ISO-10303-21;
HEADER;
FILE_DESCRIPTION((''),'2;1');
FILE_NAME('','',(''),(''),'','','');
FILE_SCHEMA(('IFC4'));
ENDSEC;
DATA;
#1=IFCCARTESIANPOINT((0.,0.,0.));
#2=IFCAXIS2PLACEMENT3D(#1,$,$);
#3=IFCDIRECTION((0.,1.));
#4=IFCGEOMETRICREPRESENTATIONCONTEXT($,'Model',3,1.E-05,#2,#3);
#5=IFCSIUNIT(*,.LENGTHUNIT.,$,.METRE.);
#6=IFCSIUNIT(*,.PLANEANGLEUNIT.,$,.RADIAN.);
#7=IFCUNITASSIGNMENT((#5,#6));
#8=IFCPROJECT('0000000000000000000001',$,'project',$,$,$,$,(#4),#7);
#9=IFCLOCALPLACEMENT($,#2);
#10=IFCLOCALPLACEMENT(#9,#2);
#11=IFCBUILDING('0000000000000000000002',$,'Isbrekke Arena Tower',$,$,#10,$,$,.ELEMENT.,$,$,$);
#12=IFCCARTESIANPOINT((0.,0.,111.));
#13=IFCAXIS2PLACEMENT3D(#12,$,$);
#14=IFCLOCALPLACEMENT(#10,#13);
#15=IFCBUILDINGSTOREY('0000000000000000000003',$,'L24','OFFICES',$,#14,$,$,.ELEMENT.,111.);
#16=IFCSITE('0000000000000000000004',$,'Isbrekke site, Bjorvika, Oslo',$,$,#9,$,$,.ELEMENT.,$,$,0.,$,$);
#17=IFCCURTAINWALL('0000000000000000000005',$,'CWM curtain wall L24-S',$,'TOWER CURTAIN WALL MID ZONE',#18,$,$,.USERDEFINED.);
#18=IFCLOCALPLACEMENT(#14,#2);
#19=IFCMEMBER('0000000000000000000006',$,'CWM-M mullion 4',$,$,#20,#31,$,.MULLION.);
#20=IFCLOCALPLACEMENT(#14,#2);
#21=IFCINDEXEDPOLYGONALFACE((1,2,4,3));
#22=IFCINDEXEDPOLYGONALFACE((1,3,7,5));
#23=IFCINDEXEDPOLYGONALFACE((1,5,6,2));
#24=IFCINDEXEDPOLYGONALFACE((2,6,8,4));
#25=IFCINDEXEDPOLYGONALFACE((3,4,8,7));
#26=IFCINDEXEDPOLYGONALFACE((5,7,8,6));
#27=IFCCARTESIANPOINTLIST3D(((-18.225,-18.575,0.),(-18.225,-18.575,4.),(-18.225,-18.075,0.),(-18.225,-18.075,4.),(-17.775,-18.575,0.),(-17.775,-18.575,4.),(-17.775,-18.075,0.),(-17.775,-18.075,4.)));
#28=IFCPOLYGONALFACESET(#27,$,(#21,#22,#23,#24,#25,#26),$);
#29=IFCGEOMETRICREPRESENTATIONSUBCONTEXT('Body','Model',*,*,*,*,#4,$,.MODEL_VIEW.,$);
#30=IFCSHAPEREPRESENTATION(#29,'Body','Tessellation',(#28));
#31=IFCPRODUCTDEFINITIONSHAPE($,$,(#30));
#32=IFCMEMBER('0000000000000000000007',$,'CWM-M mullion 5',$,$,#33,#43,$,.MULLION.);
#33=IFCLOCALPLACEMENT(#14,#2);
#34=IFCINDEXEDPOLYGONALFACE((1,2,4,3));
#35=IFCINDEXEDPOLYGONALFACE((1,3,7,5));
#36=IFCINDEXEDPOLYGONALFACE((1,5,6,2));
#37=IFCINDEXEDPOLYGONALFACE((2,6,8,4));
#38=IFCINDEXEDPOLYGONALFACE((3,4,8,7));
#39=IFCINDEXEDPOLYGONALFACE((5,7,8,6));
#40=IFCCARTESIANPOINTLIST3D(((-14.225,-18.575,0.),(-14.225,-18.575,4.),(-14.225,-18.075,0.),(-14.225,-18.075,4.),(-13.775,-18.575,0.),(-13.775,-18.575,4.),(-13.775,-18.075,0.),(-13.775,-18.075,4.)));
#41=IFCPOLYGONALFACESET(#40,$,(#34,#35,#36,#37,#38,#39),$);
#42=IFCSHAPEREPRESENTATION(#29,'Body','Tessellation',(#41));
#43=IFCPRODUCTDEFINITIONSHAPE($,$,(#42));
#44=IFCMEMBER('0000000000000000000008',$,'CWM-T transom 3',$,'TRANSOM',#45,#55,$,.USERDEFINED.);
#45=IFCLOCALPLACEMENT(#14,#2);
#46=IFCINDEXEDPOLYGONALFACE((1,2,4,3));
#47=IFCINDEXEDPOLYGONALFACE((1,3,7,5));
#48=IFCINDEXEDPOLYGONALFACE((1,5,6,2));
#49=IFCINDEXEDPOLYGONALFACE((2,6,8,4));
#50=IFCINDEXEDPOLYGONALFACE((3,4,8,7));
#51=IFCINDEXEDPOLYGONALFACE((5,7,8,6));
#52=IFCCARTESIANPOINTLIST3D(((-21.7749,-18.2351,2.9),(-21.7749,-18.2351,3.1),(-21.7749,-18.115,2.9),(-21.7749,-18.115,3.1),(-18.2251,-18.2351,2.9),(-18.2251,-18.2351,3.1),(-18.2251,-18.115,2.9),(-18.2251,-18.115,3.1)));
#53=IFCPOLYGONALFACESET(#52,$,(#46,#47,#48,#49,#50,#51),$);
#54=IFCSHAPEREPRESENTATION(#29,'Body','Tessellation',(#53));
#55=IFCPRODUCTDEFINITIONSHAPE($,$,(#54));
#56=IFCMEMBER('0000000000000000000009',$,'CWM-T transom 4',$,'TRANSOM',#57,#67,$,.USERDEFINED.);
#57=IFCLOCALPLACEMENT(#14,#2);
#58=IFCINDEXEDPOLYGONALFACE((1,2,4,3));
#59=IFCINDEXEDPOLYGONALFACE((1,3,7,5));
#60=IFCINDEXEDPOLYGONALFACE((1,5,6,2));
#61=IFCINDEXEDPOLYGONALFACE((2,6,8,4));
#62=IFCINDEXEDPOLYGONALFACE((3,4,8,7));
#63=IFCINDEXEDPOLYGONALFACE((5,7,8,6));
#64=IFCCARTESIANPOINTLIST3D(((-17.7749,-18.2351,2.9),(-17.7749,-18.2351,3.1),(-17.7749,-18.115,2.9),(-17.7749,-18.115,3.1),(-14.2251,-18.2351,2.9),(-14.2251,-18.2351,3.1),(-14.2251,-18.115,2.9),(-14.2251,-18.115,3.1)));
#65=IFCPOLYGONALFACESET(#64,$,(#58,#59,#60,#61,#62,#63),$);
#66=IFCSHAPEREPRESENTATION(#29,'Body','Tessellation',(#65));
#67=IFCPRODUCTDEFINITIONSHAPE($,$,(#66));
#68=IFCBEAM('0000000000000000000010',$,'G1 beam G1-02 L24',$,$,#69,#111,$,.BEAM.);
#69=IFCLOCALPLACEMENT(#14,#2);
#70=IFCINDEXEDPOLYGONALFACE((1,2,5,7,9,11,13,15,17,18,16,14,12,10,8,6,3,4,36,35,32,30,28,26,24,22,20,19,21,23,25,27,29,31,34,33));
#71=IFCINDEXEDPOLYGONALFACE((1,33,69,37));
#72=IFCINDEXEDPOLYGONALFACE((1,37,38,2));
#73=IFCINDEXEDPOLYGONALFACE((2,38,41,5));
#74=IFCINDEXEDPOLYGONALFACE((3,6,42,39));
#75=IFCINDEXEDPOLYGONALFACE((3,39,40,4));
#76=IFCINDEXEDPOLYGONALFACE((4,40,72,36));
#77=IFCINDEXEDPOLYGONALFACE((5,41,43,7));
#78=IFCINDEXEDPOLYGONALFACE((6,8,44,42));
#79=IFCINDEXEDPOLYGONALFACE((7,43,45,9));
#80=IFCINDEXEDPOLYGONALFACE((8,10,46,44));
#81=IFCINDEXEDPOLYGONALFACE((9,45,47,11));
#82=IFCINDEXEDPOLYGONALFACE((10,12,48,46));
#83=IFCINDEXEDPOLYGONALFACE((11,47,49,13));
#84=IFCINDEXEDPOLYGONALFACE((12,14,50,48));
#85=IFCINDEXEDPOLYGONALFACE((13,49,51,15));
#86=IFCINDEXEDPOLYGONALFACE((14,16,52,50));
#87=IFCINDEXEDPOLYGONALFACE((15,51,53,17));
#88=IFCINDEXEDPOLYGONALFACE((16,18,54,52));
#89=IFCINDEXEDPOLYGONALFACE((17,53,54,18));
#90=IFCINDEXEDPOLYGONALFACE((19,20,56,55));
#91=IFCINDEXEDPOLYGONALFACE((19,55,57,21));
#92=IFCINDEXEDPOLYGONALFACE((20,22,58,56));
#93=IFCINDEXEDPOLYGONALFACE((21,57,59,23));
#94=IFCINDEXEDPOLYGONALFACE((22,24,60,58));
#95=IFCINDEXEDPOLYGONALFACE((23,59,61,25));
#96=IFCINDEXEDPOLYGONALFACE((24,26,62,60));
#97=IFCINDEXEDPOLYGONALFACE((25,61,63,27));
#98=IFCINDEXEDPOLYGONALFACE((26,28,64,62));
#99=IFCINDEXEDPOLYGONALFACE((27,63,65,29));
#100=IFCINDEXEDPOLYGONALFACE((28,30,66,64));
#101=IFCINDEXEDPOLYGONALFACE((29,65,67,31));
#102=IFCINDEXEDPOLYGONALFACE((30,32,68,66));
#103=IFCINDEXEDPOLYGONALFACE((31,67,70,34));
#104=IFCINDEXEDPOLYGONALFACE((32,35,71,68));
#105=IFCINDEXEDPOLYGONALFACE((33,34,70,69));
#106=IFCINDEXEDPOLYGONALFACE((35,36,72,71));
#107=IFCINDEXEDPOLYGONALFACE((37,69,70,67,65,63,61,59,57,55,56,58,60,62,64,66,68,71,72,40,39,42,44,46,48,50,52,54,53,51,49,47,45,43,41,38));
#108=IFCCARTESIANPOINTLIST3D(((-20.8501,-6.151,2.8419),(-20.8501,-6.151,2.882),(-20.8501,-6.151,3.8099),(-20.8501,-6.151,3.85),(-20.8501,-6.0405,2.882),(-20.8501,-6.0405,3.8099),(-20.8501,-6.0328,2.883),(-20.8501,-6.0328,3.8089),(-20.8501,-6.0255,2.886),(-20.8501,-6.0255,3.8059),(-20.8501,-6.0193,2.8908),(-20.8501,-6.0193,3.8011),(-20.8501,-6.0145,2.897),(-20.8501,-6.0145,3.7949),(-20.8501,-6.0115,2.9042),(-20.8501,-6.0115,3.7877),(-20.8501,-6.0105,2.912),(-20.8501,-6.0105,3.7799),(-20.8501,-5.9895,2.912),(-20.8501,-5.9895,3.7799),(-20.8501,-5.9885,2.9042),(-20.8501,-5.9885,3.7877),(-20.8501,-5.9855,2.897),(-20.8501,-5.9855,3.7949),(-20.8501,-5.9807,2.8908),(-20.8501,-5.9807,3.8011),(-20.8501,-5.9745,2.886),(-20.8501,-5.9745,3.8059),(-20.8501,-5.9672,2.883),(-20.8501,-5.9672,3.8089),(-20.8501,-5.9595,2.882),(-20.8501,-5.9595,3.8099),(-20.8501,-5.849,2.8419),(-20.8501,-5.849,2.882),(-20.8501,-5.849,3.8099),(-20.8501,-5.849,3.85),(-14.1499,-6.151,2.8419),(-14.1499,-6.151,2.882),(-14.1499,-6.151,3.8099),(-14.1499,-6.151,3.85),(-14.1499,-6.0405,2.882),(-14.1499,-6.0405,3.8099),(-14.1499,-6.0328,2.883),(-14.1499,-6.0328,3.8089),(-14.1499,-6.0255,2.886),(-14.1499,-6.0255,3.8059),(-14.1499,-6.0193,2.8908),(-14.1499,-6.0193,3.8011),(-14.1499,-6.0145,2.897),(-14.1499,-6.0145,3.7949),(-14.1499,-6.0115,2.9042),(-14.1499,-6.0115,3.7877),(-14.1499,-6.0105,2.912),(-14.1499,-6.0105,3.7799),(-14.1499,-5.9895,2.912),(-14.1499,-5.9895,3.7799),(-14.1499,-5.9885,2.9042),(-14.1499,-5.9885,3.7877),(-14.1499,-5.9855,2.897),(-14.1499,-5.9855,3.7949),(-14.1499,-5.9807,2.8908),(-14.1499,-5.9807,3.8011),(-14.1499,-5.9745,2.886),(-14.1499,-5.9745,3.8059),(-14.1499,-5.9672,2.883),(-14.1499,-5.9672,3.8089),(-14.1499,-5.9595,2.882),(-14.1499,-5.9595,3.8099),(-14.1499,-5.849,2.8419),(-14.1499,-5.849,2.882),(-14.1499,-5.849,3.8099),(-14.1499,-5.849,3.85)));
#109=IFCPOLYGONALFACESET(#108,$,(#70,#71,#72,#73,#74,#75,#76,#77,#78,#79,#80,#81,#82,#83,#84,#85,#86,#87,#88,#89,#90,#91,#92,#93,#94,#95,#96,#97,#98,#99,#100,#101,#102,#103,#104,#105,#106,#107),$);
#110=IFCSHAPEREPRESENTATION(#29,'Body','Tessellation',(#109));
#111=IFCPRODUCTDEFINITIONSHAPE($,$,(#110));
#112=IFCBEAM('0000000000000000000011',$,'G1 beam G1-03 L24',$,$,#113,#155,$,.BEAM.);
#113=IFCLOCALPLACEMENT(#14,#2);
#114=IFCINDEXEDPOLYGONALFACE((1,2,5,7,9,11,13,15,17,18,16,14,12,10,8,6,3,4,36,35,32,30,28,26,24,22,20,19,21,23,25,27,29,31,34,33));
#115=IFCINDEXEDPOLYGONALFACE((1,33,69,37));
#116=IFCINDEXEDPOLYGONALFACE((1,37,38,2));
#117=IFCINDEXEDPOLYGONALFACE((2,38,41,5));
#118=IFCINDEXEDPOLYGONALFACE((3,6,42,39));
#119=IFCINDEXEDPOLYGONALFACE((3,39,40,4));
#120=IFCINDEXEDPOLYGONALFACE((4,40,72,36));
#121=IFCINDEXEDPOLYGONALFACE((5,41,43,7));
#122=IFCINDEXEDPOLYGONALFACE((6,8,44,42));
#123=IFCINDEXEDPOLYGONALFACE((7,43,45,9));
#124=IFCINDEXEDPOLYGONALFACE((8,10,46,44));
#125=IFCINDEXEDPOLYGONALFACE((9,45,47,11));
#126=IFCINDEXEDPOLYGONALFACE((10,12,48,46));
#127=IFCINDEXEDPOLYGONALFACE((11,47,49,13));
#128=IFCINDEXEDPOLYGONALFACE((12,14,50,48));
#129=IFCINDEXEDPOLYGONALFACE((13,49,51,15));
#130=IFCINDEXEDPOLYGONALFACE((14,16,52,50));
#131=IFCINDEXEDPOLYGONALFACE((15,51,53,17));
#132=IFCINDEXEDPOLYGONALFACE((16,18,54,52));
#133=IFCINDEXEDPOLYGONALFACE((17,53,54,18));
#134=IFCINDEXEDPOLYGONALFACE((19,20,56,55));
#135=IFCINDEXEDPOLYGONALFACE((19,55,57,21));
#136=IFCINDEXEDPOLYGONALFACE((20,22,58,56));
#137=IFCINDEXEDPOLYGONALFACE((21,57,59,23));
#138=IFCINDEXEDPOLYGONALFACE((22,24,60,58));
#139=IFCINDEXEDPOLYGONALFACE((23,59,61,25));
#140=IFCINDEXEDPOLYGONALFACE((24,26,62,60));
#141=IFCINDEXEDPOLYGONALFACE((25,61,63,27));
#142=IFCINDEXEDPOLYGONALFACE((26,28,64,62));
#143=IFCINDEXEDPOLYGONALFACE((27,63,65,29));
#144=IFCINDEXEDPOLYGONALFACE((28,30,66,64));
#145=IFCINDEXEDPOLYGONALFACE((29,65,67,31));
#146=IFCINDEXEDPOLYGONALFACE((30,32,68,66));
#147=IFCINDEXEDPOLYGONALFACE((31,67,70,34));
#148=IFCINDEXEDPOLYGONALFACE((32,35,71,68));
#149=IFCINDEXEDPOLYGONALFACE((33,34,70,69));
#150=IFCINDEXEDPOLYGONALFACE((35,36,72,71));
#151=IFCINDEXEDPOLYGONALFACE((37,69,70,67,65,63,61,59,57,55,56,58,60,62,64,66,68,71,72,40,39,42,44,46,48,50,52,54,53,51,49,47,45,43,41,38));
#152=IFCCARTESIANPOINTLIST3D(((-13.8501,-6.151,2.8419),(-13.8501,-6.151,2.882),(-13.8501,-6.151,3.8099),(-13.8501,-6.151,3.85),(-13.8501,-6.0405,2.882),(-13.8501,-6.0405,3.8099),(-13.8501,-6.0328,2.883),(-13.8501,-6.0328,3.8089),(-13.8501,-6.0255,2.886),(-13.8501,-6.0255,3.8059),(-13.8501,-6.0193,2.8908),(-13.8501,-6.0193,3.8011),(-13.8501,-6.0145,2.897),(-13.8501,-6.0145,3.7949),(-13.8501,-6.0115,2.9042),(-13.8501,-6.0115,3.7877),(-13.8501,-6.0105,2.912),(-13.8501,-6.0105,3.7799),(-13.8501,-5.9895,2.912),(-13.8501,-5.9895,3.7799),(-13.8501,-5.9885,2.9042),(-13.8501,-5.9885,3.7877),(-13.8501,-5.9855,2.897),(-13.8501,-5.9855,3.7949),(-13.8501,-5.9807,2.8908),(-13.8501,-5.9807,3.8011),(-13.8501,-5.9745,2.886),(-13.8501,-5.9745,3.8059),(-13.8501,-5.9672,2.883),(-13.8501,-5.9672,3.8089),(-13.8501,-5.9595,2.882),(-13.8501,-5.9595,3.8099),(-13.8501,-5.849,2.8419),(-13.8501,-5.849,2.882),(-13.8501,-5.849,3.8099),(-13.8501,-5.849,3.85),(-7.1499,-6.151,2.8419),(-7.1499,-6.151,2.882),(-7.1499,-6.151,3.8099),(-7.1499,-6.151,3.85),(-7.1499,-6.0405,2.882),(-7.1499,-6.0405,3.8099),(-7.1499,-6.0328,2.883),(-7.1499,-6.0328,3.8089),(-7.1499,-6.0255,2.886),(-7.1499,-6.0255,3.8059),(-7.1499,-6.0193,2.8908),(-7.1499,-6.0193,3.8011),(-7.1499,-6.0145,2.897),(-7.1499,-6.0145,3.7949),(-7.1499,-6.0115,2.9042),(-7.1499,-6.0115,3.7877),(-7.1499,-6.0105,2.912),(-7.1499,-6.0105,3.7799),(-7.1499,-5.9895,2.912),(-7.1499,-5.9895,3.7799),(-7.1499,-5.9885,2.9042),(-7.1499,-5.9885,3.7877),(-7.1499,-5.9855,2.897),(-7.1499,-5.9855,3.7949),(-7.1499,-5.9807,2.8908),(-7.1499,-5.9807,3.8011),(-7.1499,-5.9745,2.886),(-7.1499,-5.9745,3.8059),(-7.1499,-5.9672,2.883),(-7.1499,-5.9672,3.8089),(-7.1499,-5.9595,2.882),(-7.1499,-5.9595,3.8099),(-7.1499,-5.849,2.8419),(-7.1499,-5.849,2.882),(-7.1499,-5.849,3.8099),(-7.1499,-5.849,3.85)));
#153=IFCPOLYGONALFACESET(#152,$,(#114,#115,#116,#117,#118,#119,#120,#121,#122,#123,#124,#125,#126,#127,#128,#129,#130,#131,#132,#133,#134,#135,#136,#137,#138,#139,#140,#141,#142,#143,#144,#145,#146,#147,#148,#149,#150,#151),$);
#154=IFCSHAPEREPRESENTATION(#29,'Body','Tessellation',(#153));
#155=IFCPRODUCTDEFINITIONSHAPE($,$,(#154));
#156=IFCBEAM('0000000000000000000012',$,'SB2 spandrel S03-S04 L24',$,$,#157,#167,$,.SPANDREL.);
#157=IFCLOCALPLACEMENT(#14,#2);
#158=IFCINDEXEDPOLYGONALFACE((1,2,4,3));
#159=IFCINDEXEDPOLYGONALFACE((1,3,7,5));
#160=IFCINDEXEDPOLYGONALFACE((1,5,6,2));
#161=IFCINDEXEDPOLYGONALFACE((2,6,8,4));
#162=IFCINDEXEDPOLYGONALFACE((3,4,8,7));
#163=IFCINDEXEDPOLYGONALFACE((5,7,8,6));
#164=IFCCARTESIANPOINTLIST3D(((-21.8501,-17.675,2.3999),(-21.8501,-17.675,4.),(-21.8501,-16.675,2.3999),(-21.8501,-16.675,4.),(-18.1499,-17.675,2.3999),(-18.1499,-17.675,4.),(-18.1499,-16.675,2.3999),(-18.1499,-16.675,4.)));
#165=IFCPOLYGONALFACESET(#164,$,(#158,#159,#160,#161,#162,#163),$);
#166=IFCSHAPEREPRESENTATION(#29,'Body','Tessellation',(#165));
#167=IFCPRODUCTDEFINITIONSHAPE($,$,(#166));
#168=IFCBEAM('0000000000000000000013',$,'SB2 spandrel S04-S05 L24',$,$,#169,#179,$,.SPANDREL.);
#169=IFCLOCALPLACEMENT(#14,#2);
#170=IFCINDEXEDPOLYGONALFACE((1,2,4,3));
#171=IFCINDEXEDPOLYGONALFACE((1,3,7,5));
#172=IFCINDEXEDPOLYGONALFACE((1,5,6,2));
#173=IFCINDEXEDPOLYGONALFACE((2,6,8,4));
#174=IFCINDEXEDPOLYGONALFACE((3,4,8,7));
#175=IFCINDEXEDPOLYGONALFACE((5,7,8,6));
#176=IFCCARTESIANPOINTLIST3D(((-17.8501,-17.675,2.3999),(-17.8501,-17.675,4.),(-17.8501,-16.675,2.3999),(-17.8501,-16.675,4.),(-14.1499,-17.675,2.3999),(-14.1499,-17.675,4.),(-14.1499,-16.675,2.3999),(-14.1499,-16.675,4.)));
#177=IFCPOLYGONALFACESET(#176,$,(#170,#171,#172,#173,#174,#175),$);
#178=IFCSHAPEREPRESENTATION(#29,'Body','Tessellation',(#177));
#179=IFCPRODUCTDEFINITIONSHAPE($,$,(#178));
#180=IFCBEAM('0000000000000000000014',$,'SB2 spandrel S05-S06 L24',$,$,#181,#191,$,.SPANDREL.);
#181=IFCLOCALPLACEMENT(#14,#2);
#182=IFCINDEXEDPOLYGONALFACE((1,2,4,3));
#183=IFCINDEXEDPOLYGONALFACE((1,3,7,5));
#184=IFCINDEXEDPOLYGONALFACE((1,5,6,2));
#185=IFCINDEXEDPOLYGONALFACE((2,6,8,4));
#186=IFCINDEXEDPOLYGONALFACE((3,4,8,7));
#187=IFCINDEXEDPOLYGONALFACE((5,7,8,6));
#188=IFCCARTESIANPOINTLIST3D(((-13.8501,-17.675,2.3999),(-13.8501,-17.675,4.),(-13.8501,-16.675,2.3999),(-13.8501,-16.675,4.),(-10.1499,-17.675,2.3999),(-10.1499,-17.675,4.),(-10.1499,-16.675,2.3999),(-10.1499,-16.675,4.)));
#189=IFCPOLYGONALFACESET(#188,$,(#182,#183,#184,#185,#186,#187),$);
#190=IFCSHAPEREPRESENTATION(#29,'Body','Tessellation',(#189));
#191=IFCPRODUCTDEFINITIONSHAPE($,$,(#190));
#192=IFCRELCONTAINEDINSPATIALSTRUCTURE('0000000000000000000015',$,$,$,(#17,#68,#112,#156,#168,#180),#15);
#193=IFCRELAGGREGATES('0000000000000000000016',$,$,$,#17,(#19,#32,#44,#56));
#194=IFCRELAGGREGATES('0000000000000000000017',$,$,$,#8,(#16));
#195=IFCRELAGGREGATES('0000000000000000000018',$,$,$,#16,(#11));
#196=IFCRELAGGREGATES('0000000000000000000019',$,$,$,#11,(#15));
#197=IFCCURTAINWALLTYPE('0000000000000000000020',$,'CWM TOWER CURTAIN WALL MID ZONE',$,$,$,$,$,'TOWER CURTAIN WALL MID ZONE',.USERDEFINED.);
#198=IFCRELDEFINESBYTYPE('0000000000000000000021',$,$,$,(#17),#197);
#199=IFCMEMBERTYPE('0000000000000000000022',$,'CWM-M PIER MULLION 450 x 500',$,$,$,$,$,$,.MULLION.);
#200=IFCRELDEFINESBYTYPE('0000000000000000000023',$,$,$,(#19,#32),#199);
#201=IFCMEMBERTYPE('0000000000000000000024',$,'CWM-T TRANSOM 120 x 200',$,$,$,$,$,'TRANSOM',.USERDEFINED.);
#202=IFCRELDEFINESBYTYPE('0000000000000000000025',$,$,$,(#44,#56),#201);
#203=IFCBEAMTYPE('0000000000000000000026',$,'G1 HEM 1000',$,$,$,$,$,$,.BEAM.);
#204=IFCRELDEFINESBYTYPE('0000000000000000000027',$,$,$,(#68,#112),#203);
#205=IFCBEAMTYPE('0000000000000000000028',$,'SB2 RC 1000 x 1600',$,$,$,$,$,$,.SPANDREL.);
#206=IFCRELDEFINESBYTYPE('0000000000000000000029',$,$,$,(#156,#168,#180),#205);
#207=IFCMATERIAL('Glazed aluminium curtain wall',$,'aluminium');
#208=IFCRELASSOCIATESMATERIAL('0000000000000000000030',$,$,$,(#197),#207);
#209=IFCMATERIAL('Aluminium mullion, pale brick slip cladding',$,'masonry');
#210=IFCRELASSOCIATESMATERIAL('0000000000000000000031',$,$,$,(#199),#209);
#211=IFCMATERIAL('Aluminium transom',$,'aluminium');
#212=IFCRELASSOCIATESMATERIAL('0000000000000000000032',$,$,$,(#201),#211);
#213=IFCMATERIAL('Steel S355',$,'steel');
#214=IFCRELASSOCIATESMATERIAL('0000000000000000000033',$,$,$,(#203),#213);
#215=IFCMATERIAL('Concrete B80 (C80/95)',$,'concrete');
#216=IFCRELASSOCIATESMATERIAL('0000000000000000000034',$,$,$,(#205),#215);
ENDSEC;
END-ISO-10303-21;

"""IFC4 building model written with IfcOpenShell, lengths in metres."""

from ifc_helpers import new_model, si_unit, direction, frame, origin, origin_2d, place, context, subcontext, project, spatial, rectangle, i_section, extrude, material, material_profile, profile_set, type_object, element, aggregate, save


model = new_model("IFC4")

# Units and contexts
model_context = context("Model", 3, precision=1e-05, world=origin(), true_north=direction((0.0, 1.0)))
body_context = subcontext(model_context, "Body", "Model", "MODEL_VIEW")
ifc_project = project(units=[si_unit("LENGTHUNIT", "METRE"), si_unit("PLANEANGLEUNIT", "RADIAN")], contexts=[model_context])

# Site, building, storey
site_placement = place(None, origin())
site = spatial("IfcSite", under=ifc_project, at=site_placement, Name="Isbrekke site, Bjorvika, Oslo", CompositionType="ELEMENT", RefElevation=0.0)
building_placement = place(site_placement, origin())
building = spatial("IfcBuilding", under=site, at=building_placement, Name="Isbrekke Arena Tower", CompositionType="ELEMENT")
storey_placement = place(building_placement, frame((0.0, 0.0, 111.0)))
storey = spatial("IfcBuildingStorey", under=building, at=storey_placement, Name="L24", Description="OFFICES", CompositionType="ELEMENT", Elevation=111.0)

# Curtain wall, members
ifc_material_1 = material(Name="Glazed aluminium curtain wall", Category="aluminium")
curtain_wall_type = type_object("IfcCurtainWallType", Name="CWM TOWER CURTAIN WALL MID ZONE", ElementType="TOWER CURTAIN WALL MID ZONE", PredefinedType="USERDEFINED", material=ifc_material_1)
curtain_wall_placement = place(storey_placement, origin())
curtain_wall = element("IfcCurtainWall", 1, at=curtain_wall_placement, inside=storey, type_object=curtain_wall_type, Name="CWM curtain wall L24-S", ObjectType="TOWER CURTAIN WALL MID ZONE", PredefinedType="USERDEFINED")
ifc_material_2 = material(Name="Aluminium mullion, pale brick slip cladding", Category="masonry")
ifc_material_profile_1 = material_profile(ifc_material_2, rectangle(XDim=0.45, YDim=0.5, at=origin_2d()), Name="PIER 450X500")
ifc_profile_set_1 = profile_set([ifc_material_profile_1], Name="Aluminium mullion, pale brick slip cladding")
member_type_1 = type_object("IfcMemberType", Name="CWM-M PIER MULLION 450 x 500", PredefinedType="MULLION", material=ifc_profile_set_1)
member_1_placement = place(storey_placement, frame((-18.0, -18.325, 0.0), z_axis=(0.0, 0.0, 1.0), x_axis=(1.0, 0.0, 0.0)))
member_1 = element("IfcMember", 2, at=member_1_placement, type_object=member_type_1, Name="CWM-M mullion 4", PredefinedType="MULLION", context=body_context, shape_type="SweptSolid", body=[
    extrude(rectangle(XDim=0.45, YDim=0.5, at=origin_2d()), origin(), (0.0, 0.0, 1.0), 4.0),
])
member_2_placement = place(storey_placement, frame((-14.0, -18.325, 0.0), z_axis=(0.0, 0.0, 1.0), x_axis=(1.0, 0.0, 0.0)))
member_2 = element("IfcMember", 3, at=member_2_placement, type_object=member_type_1, Name="CWM-M mullion 5", PredefinedType="MULLION", context=body_context, shape_type="SweptSolid", body=[
    extrude(rectangle(XDim=0.45, YDim=0.5, at=origin_2d()), origin(), (0.0, 0.0, 1.0), 4.0),
])
ifc_material_3 = material(Name="Aluminium transom", Category="aluminium")
ifc_material_profile_2 = material_profile(ifc_material_3, rectangle(XDim=0.1201, YDim=0.2, at=origin_2d()), Name="TRANSOM 120X200")
ifc_profile_set_2 = profile_set([ifc_material_profile_2], Name="Aluminium transom")
member_type_2 = type_object("IfcMemberType", Name="CWM-T TRANSOM 120 x 200", ElementType="TRANSOM", PredefinedType="USERDEFINED", material=ifc_profile_set_2)
member_3_placement = place(storey_placement, frame((-21.7749, -18.175, 3.0), z_axis=(1.0, 0.0, 0.0), x_axis=(0.0, 1.0, 0.0)))
member_3 = element("IfcMember", 4, at=member_3_placement, type_object=member_type_2, Name="CWM-T transom 3", ObjectType="TRANSOM", PredefinedType="USERDEFINED", context=body_context, shape_type="SweptSolid", body=[
    extrude(rectangle(XDim=0.1201, YDim=0.2, at=origin_2d()), origin(), (0.0, 0.0, 1.0), 3.5498),
])
member_4_placement = place(storey_placement, frame((-17.7749, -18.175, 3.0), z_axis=(1.0, 0.0, 0.0), x_axis=(0.0, 1.0, 0.0)))
member_4 = element("IfcMember", 5, at=member_4_placement, type_object=member_type_2, Name="CWM-T transom 4", ObjectType="TRANSOM", PredefinedType="USERDEFINED", context=body_context, shape_type="SweptSolid", body=[
    extrude(rectangle(XDim=0.1201, YDim=0.2, at=origin_2d()), origin(), (0.0, 0.0, 1.0), 3.5498),
])

# Beams
ifc_material_4 = material(Name="Steel S355", Category="steel")
ifc_material_profile_3 = material_profile(ifc_material_4, i_section(OverallWidth=0.302, OverallDepth=1.0081, WebThickness=0.021, FlangeThickness=0.04, FilletRadius=0.03, at=origin_2d()), Name="HEM 1000")
ifc_profile_set_3 = profile_set([ifc_material_profile_3], Name="Steel S355")
beam_type_1 = type_object("IfcBeamType", Name="G1 HEM 1000", PredefinedType="BEAM", material=ifc_profile_set_3)
for number, where, z_axis, x_axis, name in (
    (6, (-20.8501, -6.0, 3.3459), (1.0, 0.0, 0.0), (0.0, 1.0, 0.0), "G1 beam G1-02 L24"),
    (7, (-13.8501, -6.0, 3.3459), (1.0, 0.0, 0.0), (0.0, 1.0, 0.0), "G1 beam G1-03 L24"),
):
    element("IfcBeam", number, at=place(storey_placement, frame(where, z_axis=z_axis, x_axis=x_axis)), inside=storey, type_object=beam_type_1, Name=name, PredefinedType="BEAM", context=body_context, shape_type="SweptSolid", body=[
        extrude(i_section(OverallWidth=0.302, OverallDepth=1.0081, WebThickness=0.021, FlangeThickness=0.04, FilletRadius=0.03, at=origin_2d()), origin(), (0.0, 0.0, 1.0), 6.7002),
    ])
ifc_material_5 = material(Name="Concrete B80 (C80/95)", Category="concrete")
ifc_material_profile_4 = material_profile(ifc_material_5, rectangle(XDim=1.0, YDim=1.6001, at=origin_2d()), Name="RC 1000x1600")
ifc_profile_set_4 = profile_set([ifc_material_profile_4], Name="Concrete B80 (C80/95)")
beam_type_2 = type_object("IfcBeamType", Name="SB2 RC 1000 x 1600", PredefinedType="SPANDREL", material=ifc_profile_set_4)
for number, where, z_axis, x_axis, name in (
    (8, (-21.8501, -17.175, 3.2), (1.0, 0.0, 0.0), (0.0, 1.0, 0.0), "SB2 spandrel S03-S04 L24"),
    (9, (-17.8501, -17.175, 3.2), (1.0, 0.0, 0.0), (0.0, 1.0, 0.0), "SB2 spandrel S04-S05 L24"),
    (10, (-13.8501, -17.175, 3.2), (1.0, 0.0, 0.0), (0.0, 1.0, 0.0), "SB2 spandrel S05-S06 L24"),
):
    element("IfcBeam", number, at=place(storey_placement, frame(where, z_axis=z_axis, x_axis=x_axis)), inside=storey, type_object=beam_type_2, Name=name, PredefinedType="SPANDREL", context=body_context, shape_type="SweptSolid", body=[
        extrude(rectangle(XDim=1.0, YDim=1.6001, at=origin_2d()), origin(), (0.0, 0.0, 1.0), 3.7002),
    ])

aggregate(curtain_wall, [member_1, member_2, member_3, member_4])

save(model, "model.ifc")
